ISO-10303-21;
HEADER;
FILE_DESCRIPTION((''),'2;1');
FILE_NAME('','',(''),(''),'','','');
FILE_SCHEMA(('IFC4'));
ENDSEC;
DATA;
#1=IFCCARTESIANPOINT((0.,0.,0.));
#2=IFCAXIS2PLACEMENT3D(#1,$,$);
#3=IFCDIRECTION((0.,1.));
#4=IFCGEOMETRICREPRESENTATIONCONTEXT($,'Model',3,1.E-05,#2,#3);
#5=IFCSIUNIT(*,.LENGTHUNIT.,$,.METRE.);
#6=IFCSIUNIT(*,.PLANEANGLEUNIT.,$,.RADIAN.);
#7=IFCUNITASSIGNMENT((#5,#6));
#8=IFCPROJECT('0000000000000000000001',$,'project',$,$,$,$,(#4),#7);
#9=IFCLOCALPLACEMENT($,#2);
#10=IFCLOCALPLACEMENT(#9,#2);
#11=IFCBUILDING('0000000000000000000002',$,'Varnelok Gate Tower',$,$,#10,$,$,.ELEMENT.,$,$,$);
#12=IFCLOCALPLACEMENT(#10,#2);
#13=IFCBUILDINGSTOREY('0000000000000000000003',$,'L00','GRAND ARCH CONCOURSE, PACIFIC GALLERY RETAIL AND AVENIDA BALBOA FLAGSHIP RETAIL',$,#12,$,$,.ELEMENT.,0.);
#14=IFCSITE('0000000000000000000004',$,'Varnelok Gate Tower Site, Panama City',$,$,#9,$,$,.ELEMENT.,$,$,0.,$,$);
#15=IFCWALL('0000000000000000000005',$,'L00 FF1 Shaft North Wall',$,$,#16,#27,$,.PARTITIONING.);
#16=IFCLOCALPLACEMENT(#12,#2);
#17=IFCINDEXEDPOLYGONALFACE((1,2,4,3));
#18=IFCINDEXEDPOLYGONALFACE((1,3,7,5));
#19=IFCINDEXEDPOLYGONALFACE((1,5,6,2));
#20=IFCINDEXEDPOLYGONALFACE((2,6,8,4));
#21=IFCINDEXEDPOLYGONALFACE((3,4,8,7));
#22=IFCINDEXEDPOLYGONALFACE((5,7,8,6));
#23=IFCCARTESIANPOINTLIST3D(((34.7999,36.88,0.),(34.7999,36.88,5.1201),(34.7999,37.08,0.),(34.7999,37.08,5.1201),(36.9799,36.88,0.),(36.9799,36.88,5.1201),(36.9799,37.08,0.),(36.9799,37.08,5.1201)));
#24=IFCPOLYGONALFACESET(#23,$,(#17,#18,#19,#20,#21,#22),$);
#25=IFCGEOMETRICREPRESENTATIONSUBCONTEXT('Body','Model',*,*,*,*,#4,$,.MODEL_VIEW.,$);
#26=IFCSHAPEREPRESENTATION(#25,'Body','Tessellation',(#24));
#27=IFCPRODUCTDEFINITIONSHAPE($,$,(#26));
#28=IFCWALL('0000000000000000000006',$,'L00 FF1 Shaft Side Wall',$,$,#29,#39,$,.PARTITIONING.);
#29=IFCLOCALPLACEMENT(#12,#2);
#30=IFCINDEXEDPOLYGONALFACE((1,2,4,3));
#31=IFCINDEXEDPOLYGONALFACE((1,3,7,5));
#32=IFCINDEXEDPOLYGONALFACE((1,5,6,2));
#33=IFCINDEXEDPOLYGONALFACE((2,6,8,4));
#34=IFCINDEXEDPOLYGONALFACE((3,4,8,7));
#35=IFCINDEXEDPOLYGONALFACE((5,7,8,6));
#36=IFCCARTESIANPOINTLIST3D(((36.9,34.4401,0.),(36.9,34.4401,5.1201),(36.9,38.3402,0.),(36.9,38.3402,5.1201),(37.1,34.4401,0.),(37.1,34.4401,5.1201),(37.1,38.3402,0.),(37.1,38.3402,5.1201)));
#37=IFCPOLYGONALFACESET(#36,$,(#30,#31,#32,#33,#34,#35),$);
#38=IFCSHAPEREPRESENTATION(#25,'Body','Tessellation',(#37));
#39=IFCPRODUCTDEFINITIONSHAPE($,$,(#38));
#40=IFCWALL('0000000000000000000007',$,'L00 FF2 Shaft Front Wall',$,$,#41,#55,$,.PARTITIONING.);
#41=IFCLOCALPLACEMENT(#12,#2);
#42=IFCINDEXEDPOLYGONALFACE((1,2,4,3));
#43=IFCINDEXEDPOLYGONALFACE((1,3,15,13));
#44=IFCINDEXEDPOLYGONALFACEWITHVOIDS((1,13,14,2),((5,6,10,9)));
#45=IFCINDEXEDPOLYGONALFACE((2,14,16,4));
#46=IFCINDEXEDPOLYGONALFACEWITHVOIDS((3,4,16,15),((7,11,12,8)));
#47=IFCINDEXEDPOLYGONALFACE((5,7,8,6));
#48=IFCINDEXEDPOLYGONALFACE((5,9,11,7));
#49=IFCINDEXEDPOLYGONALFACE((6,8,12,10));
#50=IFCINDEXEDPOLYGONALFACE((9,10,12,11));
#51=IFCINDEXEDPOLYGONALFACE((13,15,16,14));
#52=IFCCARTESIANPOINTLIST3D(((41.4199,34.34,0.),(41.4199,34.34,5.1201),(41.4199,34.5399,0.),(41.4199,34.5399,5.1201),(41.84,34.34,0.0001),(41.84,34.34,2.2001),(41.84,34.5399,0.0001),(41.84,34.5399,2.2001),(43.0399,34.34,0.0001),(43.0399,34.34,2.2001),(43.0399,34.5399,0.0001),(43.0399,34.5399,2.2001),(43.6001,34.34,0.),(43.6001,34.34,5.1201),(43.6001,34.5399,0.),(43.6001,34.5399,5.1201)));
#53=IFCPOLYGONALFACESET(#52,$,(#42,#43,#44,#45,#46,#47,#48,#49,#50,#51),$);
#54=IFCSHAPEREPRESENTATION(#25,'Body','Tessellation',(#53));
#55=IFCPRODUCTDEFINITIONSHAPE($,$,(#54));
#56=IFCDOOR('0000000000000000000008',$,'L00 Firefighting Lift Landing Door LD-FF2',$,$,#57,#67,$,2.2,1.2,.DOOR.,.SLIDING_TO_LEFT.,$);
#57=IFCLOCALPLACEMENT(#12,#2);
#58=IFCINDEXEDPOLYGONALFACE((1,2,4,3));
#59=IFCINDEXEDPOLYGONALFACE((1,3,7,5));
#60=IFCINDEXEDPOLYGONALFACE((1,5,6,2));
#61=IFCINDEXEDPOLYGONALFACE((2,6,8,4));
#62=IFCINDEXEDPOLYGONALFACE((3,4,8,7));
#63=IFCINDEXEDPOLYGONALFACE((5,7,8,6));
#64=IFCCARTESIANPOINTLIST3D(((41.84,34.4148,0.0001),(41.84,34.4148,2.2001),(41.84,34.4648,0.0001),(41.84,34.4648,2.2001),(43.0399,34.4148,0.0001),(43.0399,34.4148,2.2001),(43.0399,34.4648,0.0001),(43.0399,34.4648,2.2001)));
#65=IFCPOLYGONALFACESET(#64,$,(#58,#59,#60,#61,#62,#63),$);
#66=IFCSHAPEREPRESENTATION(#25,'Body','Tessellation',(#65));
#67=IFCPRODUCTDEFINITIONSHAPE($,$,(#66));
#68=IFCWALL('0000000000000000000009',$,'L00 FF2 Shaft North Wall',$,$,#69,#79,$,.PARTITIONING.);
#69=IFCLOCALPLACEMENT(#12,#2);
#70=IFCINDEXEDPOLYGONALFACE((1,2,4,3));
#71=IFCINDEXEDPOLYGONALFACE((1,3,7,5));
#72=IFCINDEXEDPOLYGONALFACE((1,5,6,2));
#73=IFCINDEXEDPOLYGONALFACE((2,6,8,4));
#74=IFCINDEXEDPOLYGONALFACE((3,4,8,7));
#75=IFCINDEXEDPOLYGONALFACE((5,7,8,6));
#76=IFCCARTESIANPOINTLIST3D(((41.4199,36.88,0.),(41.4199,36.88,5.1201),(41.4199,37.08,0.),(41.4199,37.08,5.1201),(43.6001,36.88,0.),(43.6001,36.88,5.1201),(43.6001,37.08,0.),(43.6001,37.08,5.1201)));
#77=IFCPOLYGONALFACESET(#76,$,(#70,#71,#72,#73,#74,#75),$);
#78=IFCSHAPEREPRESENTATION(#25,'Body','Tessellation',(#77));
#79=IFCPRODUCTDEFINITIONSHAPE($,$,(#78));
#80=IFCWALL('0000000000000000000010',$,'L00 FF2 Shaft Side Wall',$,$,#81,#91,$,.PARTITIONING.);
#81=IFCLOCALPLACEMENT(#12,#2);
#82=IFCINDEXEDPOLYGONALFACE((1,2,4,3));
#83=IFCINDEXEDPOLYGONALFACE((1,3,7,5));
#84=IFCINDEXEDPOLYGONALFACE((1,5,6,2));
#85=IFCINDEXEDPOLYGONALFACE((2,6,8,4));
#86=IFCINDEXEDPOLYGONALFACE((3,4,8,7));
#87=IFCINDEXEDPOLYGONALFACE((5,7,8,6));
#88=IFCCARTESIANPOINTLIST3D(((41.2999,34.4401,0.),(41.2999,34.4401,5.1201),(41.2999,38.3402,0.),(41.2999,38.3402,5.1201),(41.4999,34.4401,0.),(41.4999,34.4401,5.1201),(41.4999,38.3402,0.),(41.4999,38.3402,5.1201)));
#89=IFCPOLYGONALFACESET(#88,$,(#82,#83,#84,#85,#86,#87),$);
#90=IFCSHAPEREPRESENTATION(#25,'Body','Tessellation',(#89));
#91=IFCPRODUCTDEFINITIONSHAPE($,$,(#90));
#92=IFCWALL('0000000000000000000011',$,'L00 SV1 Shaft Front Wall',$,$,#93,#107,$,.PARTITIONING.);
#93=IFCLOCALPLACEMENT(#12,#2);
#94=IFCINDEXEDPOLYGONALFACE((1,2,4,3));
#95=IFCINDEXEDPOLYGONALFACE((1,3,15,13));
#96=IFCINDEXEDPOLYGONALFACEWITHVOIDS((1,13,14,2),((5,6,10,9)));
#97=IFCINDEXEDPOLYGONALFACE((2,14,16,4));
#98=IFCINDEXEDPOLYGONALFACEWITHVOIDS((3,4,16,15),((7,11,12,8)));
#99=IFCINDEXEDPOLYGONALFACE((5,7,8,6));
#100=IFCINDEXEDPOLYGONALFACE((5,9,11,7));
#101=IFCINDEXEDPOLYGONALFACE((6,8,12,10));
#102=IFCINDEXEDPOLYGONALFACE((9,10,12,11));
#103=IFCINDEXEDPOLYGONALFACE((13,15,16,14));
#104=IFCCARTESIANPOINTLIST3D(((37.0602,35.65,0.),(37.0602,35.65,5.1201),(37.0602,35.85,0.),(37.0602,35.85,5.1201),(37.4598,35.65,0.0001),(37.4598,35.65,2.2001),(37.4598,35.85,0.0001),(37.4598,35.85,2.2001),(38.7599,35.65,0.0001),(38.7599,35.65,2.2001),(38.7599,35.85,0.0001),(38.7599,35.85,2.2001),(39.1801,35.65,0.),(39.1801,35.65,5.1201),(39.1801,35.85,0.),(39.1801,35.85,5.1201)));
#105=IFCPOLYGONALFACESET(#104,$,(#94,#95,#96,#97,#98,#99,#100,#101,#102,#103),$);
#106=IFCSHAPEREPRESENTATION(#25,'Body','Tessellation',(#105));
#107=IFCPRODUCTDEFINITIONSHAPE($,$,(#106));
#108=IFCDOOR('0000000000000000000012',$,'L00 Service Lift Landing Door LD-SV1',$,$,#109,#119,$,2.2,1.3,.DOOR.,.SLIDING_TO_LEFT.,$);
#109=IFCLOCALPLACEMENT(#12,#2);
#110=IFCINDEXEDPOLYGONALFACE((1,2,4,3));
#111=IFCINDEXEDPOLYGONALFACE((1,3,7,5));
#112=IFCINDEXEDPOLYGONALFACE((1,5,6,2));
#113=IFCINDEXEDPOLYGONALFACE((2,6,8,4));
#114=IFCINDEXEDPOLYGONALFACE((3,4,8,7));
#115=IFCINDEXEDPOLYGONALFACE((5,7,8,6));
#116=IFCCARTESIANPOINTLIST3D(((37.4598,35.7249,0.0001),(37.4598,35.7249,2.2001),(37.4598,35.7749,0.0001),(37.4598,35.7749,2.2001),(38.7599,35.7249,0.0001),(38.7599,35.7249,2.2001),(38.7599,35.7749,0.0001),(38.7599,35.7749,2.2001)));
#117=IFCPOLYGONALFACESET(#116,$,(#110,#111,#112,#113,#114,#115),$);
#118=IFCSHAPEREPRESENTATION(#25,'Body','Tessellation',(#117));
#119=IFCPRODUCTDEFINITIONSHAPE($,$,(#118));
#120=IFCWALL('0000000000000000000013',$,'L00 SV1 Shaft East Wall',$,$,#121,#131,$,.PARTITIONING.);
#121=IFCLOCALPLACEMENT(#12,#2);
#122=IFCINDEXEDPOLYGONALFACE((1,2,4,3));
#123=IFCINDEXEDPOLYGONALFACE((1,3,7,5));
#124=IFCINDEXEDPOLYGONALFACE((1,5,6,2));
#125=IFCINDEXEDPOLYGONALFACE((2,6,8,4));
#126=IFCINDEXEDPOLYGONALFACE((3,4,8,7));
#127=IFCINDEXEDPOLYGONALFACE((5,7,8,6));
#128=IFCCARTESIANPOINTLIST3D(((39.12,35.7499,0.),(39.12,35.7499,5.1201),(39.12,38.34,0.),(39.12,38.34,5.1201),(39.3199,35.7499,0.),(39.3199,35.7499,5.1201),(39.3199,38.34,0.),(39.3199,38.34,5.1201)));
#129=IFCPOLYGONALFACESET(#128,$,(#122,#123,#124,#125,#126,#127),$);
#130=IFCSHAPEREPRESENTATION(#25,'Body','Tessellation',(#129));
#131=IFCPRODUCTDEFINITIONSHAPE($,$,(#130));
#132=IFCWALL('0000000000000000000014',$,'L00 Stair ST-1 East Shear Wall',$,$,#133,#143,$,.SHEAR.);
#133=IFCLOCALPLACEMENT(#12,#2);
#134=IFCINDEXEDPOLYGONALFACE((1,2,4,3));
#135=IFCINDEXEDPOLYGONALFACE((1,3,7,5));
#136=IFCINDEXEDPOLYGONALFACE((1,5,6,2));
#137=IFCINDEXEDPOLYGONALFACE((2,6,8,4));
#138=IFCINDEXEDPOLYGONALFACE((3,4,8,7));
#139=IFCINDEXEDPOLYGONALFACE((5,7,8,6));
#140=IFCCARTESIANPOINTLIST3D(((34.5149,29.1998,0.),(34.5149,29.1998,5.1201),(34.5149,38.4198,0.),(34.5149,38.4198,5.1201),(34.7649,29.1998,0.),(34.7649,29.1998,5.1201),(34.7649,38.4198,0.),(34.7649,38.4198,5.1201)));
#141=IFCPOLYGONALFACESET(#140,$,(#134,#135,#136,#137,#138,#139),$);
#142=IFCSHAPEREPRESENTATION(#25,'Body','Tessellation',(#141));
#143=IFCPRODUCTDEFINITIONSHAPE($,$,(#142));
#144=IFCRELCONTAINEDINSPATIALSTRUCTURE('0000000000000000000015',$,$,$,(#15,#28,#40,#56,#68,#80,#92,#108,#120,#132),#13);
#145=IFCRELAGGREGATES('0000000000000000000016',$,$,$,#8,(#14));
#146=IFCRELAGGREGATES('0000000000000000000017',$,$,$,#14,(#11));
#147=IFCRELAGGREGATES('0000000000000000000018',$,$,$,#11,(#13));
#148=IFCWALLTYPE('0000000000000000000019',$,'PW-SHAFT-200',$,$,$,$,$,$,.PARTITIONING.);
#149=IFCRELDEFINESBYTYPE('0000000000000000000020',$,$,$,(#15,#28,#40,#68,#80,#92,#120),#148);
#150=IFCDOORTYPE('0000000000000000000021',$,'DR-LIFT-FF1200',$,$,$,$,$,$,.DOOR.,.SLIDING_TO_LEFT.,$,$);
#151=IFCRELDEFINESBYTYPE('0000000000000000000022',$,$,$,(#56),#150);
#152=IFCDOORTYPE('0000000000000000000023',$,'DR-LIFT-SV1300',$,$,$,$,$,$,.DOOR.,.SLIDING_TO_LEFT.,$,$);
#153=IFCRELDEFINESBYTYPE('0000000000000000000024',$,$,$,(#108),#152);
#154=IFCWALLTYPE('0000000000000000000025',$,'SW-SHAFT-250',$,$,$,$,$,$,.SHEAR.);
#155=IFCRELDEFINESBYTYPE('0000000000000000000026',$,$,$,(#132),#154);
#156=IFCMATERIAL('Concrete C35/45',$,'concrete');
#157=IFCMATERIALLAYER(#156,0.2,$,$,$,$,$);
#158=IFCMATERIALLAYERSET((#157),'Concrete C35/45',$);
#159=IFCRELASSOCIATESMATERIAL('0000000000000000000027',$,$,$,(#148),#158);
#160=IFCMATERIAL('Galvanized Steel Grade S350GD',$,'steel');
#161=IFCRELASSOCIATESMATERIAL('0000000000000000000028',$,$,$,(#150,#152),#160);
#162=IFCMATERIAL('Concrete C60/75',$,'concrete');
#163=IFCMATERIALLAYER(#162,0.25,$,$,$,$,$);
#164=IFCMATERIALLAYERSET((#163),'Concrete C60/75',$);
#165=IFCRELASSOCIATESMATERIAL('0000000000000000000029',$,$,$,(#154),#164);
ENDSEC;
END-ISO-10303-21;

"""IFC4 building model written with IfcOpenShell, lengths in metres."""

from ifc_helpers import new_model, si_unit, direction, frame, frame_2d, origin, place, context, subcontext, project, spatial, rectangle, extrude, material, layer, layer_set, type_object, element, fill, save


model = new_model("IFC4")

# Units and contexts
model_context = context("Model", 3, precision=1e-05, world=origin(), true_north=direction((0.0, 1.0)))
body_context = subcontext(model_context, "Body", "Model", "MODEL_VIEW")
ifc_project = project(units=[si_unit("LENGTHUNIT", "METRE"), si_unit("PLANEANGLEUNIT", "RADIAN")], contexts=[model_context])

# Site, building, storey
site_placement = place(None, origin())
site = spatial("IfcSite", under=ifc_project, at=site_placement, Name="Varnelok Gate Tower Site, Panama City", CompositionType="ELEMENT", RefElevation=0.0)
building_placement = place(site_placement, origin())
building = spatial("IfcBuilding", under=site, at=building_placement, Name="Varnelok Gate Tower", CompositionType="ELEMENT")
storey_placement = place(building_placement, origin())
storey = spatial("IfcBuildingStorey", under=building, at=storey_placement, Name="L00", Description="GRAND ARCH CONCOURSE, PACIFIC GALLERY RETAIL AND AVENIDA BALBOA FLAGSHIP RETAIL", CompositionType="ELEMENT", Elevation=0.0)

# Shared definitions
ifc_material_1 = material(Name="Galvanized Steel Grade S350GD", Category="steel")

# Shared definitions
ifc_material_2 = material(Name="Concrete C35/45", Category="concrete")
ifc_layer_1 = layer(ifc_material_2, 0.2)
ifc_layer_set_1 = layer_set([ifc_layer_1], Name="Concrete C35/45")
wall_type_1 = type_object("IfcWallType", Name="PW-SHAFT-200", PredefinedType="PARTITIONING", material=ifc_layer_set_1)

# Shared definitions
door_type_1 = type_object("IfcDoorType", Name="DR-LIFT-FF1200", OperationType="SLIDING_TO_LEFT", PredefinedType="DOOR", material=ifc_material_1)

# Walls
wall_1_placement = place(storey_placement, frame((34.8, 36.98, 0.0), z_axis=(0.0, 0.0, 1.0), x_axis=(1.0, 0.0, 0.0)))
element("IfcWall", 1, at=wall_1_placement, inside=storey, type_object=wall_type_1, Name="L00 FF1 Shaft North Wall", PredefinedType="PARTITIONING", context=body_context, shape_type="SweptSolid", body=[
    extrude(rectangle(XDim=2.1799, YDim=0.2, at=frame_2d((1.0898, 0.0))), origin(), (0.0, 0.0, 1.0), 5.1201),
])
wall_2_placement = place(storey_placement, frame((37.0, 34.4399, 0.0), z_axis=(0.0, 0.0, 1.0), x_axis=(0.0, 1.0, 0.0)))
element("IfcWall", 2, at=wall_2_placement, inside=storey, type_object=wall_type_1, Name="L00 FF1 Shaft Side Wall", PredefinedType="PARTITIONING", context=body_context, shape_type="SweptSolid", body=[
    extrude(rectangle(XDim=3.9001, YDim=0.2, at=frame_2d((1.9502, 0.0))), origin(), (0.0, 0.0, 1.0), 5.1201),
])

# Wall, opening, door
wall_3_placement = place(storey_placement, frame((41.4199, 34.4399, 0.0), z_axis=(0.0, 0.0, 1.0), x_axis=(1.0, 0.0, 0.0)))
wall_3 = element("IfcWall", 3, at=wall_3_placement, inside=storey, type_object=wall_type_1, Name="L00 FF2 Shaft Front Wall", PredefinedType="PARTITIONING", context=body_context, shape_type="SweptSolid", body=[
    extrude(rectangle(XDim=2.1802, YDim=0.2, at=frame_2d((1.0901, 0.0))), origin(), (0.0, 0.0, 1.0), 5.1201),
])
opening_1_placement = place(wall_3_placement, frame((0.4199, 0.0, 0.0)))
opening_1 = element("IfcOpeningElement", 4, at=opening_1_placement, cuts=wall_3, PredefinedType="OPENING", context=body_context, shape_type="SweptSolid", body=[
    extrude(rectangle(XDim=1.2, YDim=2.2, at=frame_2d((0.6001, 1.1001))), frame((0.0, 0.1099, 0.0), z_axis=(0.0, -1.0, 0.0), x_axis=(1.0, 0.0, 0.0)), (0.0, 0.0, 1.0), 0.22),
])
door_1_placement = place(opening_1_placement, origin())
door_1 = element("IfcDoor", 5, at=door_1_placement, inside=storey, type_object=door_type_1, Name="L00 Firefighting Lift Landing Door LD-FF2", OperationType="SLIDING_TO_LEFT", OverallHeight=2.2, OverallWidth=1.2, PredefinedType="DOOR", context=body_context, shape_type="SweptSolid", body=[
    extrude(rectangle(XDim=1.2, YDim=2.2, at=frame_2d((0.6001, 1.1001))), frame((0.0, 0.0249, 0.0), z_axis=(0.0, -1.0, 0.0), x_axis=(1.0, 0.0, 0.0)), (0.0, 0.0, 1.0), 0.05),
])
fill(opening_1, door_1)

# Walls
wall_4_placement = place(storey_placement, frame((41.4199, 36.98, 0.0), z_axis=(0.0, 0.0, 1.0), x_axis=(1.0, 0.0, 0.0)))
element("IfcWall", 6, at=wall_4_placement, inside=storey, type_object=wall_type_1, Name="L00 FF2 Shaft North Wall", PredefinedType="PARTITIONING", context=body_context, shape_type="SweptSolid", body=[
    extrude(rectangle(XDim=2.1802, YDim=0.2, at=frame_2d((1.0901, 0.0))), origin(), (0.0, 0.0, 1.0), 5.1201),
])
wall_5_placement = place(storey_placement, frame((41.3999, 34.4399, 0.0), z_axis=(0.0, 0.0, 1.0), x_axis=(0.0, 1.0, 0.0)))
element("IfcWall", 7, at=wall_5_placement, inside=storey, type_object=wall_type_1, Name="L00 FF2 Shaft Side Wall", PredefinedType="PARTITIONING", context=body_context, shape_type="SweptSolid", body=[
    extrude(rectangle(XDim=3.9001, YDim=0.2, at=frame_2d((1.9502, 0.0))), origin(), (0.0, 0.0, 1.0), 5.1201),
])

# Wall, opening, door
wall_6_placement = place(storey_placement, frame((37.0601, 35.75, 0.0), z_axis=(0.0, 0.0, 1.0), x_axis=(1.0, 0.0, 0.0)))
wall_6 = element("IfcWall", 8, at=wall_6_placement, inside=storey, type_object=wall_type_1, Name="L00 SV1 Shaft Front Wall", PredefinedType="PARTITIONING", context=body_context, shape_type="SweptSolid", body=[
    extrude(rectangle(XDim=2.1199, YDim=0.2, at=frame_2d((1.0601, 0.0))), origin(), (0.0, 0.0, 1.0), 5.1201),
])
opening_2_placement = place(wall_6_placement, frame((0.3999, 0.0, 0.0)))
opening_2 = element("IfcOpeningElement", 9, at=opening_2_placement, cuts=wall_6, PredefinedType="OPENING", context=body_context, shape_type="SweptSolid", body=[
    extrude(rectangle(XDim=1.3, YDim=2.2, at=frame_2d((0.6499, 1.1001))), frame((0.0, 0.1099, 0.0), z_axis=(0.0, -1.0, 0.0), x_axis=(1.0, 0.0, 0.0)), (0.0, 0.0, 1.0), 0.22),
])
door_type_2 = type_object("IfcDoorType", Name="DR-LIFT-SV1300", OperationType="SLIDING_TO_LEFT", PredefinedType="DOOR", material=ifc_material_1)
door_2_placement = place(opening_2_placement, origin())
door_2 = element("IfcDoor", 10, at=door_2_placement, inside=storey, type_object=door_type_2, Name="L00 Service Lift Landing Door LD-SV1", OperationType="SLIDING_TO_LEFT", OverallHeight=2.2, OverallWidth=1.3, PredefinedType="DOOR", context=body_context, shape_type="SweptSolid", body=[
    extrude(rectangle(XDim=1.3, YDim=2.2, at=frame_2d((0.6499, 1.1001))), frame((0.0, 0.0249, 0.0), z_axis=(0.0, -1.0, 0.0), x_axis=(1.0, 0.0, 0.0)), (0.0, 0.0, 1.0), 0.05),
])
fill(opening_2, door_2)

# Wall
wall_7_placement = place(storey_placement, frame((39.22, 35.75, 0.0), z_axis=(0.0, 0.0, 1.0), x_axis=(0.0, 1.0, 0.0)))
element("IfcWall", 11, at=wall_7_placement, inside=storey, type_object=wall_type_1, Name="L00 SV1 Shaft East Wall", PredefinedType="PARTITIONING", context=body_context, shape_type="SweptSolid", body=[
    extrude(rectangle(XDim=2.5901, YDim=0.2, at=frame_2d((1.2949, 0.0))), origin(), (0.0, 0.0, 1.0), 5.1201),
])

# Wall
ifc_material_3 = material(Name="Concrete C60/75", Category="concrete")
ifc_layer_2 = layer(ifc_material_3, 0.25)
ifc_layer_set_2 = layer_set([ifc_layer_2], Name="Concrete C60/75")
wall_type_2 = type_object("IfcWallType", Name="SW-SHAFT-250", PredefinedType="SHEAR", material=ifc_layer_set_2)
wall_8_placement = place(storey_placement, frame((34.6399, 29.2, 0.0), z_axis=(0.0, 0.0, 1.0), x_axis=(0.0, 1.0, 0.0)))
element("IfcWall", 12, at=wall_8_placement, inside=storey, type_object=wall_type_2, Name="L00 Stair ST-1 East Shear Wall", PredefinedType="SHEAR", context=body_context, shape_type="SweptSolid", body=[
    extrude(rectangle(XDim=9.22, YDim=0.25, at=frame_2d((4.6099, 0.0))), origin(), (0.0, 0.0, 1.0), 5.1201),
])

save(model, "model.ifc")
